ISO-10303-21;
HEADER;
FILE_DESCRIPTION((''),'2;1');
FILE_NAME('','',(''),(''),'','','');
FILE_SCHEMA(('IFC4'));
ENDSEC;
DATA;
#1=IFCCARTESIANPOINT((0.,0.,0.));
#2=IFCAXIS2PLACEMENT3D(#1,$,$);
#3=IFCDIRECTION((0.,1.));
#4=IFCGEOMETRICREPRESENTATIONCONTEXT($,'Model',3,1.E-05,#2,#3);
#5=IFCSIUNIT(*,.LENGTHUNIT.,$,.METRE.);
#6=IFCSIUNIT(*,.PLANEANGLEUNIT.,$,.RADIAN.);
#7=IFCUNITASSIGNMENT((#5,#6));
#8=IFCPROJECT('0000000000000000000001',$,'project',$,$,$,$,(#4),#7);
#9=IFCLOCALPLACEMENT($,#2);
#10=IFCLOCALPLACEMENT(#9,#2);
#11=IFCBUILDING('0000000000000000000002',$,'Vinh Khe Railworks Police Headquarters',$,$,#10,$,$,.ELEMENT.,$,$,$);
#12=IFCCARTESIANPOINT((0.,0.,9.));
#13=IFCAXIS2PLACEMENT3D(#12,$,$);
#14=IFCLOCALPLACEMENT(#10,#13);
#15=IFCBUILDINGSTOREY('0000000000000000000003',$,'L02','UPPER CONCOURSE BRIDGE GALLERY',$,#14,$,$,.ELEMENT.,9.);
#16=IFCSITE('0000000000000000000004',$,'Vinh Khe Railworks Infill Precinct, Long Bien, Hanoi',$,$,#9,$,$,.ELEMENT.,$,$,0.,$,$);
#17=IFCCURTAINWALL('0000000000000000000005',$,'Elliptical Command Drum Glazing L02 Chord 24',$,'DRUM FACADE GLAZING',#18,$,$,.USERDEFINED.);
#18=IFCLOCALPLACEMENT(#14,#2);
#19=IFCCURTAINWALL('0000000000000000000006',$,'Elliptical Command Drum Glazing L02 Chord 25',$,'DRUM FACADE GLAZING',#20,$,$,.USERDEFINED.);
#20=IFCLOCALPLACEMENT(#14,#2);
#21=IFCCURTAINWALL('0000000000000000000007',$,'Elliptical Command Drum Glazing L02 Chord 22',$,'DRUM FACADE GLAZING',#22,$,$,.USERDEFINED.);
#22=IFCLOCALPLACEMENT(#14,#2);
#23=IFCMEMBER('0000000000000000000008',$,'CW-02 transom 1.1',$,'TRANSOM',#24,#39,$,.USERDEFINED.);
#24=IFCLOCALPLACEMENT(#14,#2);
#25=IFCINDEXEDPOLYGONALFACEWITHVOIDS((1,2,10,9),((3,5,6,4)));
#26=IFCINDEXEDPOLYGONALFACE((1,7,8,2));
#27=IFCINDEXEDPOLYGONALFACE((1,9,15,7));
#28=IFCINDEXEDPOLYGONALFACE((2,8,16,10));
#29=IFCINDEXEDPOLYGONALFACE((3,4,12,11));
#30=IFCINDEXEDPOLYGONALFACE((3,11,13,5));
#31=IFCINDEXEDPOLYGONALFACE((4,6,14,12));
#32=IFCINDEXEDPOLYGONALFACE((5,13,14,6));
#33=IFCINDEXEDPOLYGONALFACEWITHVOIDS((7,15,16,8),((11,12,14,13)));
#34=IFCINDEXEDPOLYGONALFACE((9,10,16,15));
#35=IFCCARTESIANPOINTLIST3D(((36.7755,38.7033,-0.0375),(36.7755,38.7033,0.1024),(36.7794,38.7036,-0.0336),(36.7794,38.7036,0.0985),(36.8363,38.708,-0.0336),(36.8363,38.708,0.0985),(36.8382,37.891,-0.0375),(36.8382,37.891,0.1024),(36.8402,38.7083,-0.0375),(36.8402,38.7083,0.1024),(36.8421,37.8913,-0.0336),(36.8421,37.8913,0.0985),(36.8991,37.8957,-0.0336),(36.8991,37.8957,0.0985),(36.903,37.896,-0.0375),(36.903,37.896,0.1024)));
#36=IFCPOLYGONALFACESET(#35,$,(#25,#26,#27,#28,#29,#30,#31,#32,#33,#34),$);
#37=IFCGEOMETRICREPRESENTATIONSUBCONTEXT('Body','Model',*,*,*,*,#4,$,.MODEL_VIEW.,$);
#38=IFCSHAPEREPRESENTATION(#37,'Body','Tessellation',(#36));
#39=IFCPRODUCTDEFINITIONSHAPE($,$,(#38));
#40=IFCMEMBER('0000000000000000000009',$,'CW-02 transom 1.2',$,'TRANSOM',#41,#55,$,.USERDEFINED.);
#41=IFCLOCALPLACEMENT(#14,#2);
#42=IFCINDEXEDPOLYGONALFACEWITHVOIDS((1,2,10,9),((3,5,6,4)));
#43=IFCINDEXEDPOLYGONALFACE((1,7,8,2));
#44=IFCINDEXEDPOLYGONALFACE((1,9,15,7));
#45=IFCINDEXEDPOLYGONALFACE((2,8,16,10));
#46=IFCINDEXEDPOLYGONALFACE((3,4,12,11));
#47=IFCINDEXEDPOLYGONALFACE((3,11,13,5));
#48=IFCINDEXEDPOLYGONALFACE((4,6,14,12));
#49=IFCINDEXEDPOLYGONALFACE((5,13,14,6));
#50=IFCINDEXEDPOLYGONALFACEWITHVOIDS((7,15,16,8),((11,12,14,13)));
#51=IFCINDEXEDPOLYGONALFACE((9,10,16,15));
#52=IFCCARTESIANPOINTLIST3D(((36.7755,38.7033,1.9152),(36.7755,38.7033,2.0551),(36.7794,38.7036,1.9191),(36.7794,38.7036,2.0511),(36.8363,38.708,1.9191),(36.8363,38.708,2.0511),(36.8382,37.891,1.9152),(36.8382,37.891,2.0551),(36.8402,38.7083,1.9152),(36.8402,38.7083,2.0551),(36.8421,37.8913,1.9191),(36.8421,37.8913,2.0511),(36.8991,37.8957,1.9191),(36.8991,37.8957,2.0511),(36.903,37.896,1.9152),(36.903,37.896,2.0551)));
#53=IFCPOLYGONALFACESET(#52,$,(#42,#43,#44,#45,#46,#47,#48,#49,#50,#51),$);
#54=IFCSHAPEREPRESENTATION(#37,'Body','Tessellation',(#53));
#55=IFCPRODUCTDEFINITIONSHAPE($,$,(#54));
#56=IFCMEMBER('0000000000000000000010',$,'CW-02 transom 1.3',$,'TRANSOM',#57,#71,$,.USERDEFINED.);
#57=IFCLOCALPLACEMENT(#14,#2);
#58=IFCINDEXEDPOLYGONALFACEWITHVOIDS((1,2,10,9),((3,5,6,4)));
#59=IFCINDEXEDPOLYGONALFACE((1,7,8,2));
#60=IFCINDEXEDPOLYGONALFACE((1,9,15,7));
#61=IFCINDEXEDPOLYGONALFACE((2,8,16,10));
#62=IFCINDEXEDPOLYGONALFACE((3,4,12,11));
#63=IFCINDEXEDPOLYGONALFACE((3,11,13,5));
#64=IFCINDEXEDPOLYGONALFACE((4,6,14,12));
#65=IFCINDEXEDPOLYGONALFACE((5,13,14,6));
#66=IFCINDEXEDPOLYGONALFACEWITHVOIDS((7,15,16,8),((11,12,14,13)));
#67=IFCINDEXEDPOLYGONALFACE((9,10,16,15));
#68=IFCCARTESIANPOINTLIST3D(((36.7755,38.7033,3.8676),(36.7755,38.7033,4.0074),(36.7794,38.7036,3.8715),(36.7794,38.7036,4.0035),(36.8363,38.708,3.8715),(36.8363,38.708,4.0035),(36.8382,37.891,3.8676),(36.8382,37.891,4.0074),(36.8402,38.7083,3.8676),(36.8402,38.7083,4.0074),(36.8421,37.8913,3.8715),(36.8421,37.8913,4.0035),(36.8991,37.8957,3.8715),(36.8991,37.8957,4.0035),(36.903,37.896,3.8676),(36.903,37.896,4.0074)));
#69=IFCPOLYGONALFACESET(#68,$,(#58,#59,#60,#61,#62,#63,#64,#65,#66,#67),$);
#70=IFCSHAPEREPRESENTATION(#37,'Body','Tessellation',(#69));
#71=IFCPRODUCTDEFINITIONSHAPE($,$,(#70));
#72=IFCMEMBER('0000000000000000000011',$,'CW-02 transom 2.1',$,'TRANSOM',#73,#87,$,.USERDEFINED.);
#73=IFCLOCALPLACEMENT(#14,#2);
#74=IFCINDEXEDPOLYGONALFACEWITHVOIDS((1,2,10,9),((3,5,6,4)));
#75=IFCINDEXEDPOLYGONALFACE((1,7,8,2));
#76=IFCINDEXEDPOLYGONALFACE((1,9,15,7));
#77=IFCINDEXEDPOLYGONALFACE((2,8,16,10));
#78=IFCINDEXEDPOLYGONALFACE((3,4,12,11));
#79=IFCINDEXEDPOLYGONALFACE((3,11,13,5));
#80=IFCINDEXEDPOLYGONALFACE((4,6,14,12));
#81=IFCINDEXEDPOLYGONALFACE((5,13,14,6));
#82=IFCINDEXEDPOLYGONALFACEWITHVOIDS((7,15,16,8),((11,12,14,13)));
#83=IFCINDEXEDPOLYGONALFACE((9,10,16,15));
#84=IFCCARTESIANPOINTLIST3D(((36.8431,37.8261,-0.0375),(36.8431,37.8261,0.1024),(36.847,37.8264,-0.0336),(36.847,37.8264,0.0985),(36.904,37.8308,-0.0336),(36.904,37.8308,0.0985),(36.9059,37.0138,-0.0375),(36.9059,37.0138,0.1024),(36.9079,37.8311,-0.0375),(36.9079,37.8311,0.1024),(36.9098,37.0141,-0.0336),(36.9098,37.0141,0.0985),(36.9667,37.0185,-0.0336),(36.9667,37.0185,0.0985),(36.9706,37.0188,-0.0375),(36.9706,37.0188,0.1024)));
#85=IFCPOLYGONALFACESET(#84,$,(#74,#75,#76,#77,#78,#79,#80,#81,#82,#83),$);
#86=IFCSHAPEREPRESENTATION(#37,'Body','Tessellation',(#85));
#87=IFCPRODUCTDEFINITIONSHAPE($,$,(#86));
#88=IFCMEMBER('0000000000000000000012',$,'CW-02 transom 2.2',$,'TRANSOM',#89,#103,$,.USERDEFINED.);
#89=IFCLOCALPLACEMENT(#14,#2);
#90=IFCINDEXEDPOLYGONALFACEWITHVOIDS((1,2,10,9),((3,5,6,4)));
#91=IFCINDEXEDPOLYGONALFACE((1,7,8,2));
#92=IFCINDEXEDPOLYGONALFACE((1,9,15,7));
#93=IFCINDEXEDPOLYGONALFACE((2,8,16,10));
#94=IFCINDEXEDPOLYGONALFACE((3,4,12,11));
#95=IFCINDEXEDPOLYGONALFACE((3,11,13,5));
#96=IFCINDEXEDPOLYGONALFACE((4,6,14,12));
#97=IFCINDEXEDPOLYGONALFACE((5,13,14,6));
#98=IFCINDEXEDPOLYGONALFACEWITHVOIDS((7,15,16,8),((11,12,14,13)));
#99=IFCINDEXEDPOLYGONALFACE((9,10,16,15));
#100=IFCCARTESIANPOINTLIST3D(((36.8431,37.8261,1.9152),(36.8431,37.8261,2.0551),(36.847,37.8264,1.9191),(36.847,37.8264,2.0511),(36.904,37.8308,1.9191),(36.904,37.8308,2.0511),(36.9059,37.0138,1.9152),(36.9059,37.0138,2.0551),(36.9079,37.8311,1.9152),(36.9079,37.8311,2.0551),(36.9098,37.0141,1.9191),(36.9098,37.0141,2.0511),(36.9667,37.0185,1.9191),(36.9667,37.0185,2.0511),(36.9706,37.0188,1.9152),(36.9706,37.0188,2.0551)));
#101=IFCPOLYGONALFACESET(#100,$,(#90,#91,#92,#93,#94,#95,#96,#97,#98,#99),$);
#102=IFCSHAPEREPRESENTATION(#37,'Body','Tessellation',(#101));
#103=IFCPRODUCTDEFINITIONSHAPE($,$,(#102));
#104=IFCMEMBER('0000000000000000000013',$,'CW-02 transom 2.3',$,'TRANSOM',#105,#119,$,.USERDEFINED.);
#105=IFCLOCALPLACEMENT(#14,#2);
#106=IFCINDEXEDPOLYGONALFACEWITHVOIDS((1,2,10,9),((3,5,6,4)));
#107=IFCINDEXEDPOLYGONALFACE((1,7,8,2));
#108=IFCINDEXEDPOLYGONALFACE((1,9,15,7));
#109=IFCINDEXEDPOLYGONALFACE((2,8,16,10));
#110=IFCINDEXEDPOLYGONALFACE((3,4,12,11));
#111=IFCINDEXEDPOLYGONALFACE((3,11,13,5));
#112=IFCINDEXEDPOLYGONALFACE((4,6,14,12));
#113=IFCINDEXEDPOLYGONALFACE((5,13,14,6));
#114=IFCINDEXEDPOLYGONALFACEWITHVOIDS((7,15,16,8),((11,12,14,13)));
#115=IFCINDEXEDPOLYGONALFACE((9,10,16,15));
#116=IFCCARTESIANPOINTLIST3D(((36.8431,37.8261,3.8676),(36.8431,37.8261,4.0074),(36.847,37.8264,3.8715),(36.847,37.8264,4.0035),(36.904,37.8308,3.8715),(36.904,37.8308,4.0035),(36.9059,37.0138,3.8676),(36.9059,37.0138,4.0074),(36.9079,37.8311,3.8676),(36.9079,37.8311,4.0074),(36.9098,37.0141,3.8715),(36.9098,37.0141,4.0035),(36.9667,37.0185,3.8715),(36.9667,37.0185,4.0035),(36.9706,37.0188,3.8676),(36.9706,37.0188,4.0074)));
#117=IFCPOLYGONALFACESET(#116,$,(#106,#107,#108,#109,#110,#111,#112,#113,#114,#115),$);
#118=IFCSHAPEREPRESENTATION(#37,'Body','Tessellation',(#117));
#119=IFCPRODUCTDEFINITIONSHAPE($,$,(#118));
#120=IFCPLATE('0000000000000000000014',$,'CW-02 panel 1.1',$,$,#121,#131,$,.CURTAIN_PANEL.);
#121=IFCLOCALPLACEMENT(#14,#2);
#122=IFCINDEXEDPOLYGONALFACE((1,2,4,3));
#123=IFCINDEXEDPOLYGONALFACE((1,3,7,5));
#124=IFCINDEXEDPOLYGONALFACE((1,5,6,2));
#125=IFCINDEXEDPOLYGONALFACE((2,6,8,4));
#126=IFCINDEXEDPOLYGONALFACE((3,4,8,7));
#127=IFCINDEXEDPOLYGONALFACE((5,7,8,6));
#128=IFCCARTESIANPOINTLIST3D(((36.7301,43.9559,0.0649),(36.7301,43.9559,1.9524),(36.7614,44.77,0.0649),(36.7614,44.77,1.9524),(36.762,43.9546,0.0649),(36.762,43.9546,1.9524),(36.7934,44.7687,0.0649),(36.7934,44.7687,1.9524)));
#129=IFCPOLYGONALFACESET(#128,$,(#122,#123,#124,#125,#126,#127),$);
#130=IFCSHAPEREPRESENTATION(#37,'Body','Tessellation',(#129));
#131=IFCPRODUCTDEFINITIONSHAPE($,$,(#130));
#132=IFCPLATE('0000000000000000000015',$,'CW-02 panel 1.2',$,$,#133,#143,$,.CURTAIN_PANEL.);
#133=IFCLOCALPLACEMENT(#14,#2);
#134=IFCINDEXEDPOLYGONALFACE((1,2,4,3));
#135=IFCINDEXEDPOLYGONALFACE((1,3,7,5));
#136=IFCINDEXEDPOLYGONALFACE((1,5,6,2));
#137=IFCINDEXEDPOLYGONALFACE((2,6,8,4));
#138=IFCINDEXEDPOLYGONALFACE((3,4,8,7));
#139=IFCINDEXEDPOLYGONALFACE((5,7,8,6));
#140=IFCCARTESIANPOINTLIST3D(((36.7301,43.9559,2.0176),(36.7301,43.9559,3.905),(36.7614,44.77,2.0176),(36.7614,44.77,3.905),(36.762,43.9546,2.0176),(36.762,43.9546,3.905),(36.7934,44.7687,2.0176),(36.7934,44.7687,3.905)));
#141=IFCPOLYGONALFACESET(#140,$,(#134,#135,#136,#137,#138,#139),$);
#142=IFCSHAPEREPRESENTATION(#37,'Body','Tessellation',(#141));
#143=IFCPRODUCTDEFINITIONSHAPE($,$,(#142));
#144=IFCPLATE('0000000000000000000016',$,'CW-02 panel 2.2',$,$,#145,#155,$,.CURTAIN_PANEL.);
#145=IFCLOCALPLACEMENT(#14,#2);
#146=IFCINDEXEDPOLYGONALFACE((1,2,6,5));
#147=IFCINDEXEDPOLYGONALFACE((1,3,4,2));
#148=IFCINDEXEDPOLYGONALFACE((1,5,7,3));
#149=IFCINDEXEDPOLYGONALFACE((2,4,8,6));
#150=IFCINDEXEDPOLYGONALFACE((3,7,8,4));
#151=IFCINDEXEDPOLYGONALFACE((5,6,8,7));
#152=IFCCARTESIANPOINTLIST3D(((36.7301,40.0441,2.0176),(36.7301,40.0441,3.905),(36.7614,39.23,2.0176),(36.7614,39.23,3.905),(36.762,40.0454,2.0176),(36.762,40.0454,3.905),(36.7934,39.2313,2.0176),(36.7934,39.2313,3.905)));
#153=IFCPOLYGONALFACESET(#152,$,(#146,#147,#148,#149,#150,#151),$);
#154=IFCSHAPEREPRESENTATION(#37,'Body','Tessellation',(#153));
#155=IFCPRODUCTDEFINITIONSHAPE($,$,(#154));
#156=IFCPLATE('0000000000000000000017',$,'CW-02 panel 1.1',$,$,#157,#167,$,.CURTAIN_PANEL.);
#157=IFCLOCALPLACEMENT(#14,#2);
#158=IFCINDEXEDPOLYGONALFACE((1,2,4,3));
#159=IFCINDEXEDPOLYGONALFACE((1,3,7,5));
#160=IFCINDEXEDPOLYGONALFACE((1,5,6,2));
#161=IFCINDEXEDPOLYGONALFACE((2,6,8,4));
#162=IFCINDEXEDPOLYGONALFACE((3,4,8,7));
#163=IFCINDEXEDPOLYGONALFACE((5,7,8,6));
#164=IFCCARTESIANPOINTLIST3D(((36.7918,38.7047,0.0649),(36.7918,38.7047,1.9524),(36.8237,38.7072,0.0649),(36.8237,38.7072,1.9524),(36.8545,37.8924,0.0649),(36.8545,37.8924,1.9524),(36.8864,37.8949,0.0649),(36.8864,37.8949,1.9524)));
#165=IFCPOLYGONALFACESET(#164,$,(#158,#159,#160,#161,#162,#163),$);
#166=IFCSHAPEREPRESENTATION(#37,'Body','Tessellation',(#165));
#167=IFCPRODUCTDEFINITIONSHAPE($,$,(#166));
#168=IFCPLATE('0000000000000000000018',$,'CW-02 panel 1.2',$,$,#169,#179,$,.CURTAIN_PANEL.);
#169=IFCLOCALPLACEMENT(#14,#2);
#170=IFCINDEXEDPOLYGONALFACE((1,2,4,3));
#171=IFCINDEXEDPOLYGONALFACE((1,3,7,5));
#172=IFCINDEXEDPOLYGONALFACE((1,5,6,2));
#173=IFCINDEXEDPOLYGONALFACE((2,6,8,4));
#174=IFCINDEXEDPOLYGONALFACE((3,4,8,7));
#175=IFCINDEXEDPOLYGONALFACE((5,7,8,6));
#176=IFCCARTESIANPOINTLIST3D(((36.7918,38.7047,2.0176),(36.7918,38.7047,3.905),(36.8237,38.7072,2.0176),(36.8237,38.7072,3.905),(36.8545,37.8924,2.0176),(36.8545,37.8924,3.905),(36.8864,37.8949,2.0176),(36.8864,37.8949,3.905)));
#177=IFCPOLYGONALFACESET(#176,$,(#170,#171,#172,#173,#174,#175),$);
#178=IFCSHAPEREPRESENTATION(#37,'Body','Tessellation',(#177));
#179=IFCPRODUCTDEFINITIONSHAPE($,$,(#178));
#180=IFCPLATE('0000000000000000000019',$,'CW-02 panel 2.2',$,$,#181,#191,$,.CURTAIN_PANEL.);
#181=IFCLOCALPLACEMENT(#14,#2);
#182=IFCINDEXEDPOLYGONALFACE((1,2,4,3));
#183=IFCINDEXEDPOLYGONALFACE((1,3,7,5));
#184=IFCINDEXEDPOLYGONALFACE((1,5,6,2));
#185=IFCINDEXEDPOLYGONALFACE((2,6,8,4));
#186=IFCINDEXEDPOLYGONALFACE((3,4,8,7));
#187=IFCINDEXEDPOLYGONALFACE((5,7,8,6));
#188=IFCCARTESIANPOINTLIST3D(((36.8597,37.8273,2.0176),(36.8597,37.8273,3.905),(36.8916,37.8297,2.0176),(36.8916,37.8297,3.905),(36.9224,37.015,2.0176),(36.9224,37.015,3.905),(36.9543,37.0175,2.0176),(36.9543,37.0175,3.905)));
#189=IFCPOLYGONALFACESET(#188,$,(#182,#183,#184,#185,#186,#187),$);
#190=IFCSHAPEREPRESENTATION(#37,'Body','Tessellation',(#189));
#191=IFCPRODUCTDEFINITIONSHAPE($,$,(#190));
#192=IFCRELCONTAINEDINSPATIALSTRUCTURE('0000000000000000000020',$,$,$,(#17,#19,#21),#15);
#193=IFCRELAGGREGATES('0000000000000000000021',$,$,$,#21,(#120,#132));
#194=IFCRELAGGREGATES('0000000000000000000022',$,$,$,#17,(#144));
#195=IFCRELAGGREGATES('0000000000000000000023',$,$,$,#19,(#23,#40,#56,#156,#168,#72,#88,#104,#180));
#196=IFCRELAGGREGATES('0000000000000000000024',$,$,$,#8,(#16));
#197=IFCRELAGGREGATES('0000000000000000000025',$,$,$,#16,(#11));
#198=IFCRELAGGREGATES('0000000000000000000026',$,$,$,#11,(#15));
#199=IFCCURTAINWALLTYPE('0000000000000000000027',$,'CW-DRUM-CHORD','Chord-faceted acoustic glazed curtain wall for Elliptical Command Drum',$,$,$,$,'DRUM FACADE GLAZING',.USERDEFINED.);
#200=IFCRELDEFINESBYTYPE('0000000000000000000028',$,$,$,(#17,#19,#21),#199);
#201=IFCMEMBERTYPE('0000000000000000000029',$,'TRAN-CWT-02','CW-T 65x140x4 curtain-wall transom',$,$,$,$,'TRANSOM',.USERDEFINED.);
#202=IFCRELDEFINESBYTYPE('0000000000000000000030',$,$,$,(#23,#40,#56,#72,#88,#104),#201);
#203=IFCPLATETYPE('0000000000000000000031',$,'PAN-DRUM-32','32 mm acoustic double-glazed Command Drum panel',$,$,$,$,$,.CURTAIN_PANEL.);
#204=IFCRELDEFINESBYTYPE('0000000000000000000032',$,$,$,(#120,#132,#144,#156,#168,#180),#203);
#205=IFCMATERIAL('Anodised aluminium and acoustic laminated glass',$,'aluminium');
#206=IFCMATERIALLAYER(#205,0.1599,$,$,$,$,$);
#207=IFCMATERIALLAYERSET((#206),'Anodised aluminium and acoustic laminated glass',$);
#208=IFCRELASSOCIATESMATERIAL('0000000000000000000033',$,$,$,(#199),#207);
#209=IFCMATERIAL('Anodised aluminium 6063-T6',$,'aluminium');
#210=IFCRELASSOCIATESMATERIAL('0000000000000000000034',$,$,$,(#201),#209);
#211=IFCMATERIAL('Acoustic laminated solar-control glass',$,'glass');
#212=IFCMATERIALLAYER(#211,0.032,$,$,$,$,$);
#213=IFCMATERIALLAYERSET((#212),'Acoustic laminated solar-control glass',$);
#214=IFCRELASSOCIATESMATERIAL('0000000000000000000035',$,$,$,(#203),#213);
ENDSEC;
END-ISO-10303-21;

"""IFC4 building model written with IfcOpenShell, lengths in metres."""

from ifc_helpers import new_model, si_unit, direction, frame, origin, origin_2d, place, context, subcontext, project, spatial, rectangle, hollow_rectangle, extrude, material, layer, layer_set, material_profile, profile_set, type_object, element, aggregate, save


model = new_model("IFC4")

# Units and contexts
model_context = context("Model", 3, precision=1e-05, world=origin(), true_north=direction((0.0, 1.0)))
body_context = subcontext(model_context, "Body", "Model", "MODEL_VIEW")
ifc_project = project(units=[si_unit("LENGTHUNIT", "METRE"), si_unit("PLANEANGLEUNIT", "RADIAN")], contexts=[model_context])

# Site, building, storey
site_placement = place(None, origin())
site = spatial("IfcSite", under=ifc_project, at=site_placement, Name="Vinh Khe Railworks Infill Precinct, Long Bien, Hanoi", CompositionType="ELEMENT", RefElevation=0.0)
building_placement = place(site_placement, origin())
building = spatial("IfcBuilding", under=site, at=building_placement, Name="Vinh Khe Railworks Police Headquarters", CompositionType="ELEMENT")
storey_placement = place(building_placement, frame((0.0, 0.0, 9.0)))
storey = spatial("IfcBuildingStorey", under=building, at=storey_placement, Name="L02", Description="UPPER CONCOURSE BRIDGE GALLERY", CompositionType="ELEMENT", Elevation=9.0)

# Curtain wall
ifc_material_1 = material(Name="Anodised aluminium and acoustic laminated glass", Category="aluminium")
ifc_layer_1 = layer(ifc_material_1, 0.1599)
ifc_layer_set_1 = layer_set([ifc_layer_1], Name="Anodised aluminium and acoustic laminated glass")
curtain_wall_type = type_object("IfcCurtainWallType", Name="CW-DRUM-CHORD", Description="Chord-faceted acoustic glazed curtain wall for Elliptical Command Drum", ElementType="DRUM FACADE GLAZING", PredefinedType="USERDEFINED", material=ifc_layer_set_1)
curtain_wall_1_placement = place(storey_placement, origin())
curtain_wall_1 = element("IfcCurtainWall", 1, at=curtain_wall_1_placement, inside=storey, type_object=curtain_wall_type, Name="Elliptical Command Drum Glazing L02 Chord 24", ObjectType="DRUM FACADE GLAZING", PredefinedType="USERDEFINED")
ifc_material_2 = material(Name="Anodised aluminium 6063-T6", Category="aluminium")

# Curtain wall
curtain_wall_2_placement = place(storey_placement, origin())
curtain_wall_2 = element("IfcCurtainWall", 2, at=curtain_wall_2_placement, inside=storey, type_object=curtain_wall_type, Name="Elliptical Command Drum Glazing L02 Chord 25", ObjectType="DRUM FACADE GLAZING", PredefinedType="USERDEFINED")

# Curtain wall
curtain_wall_3_placement = place(storey_placement, origin())
curtain_wall_3 = element("IfcCurtainWall", 3, at=curtain_wall_3_placement, inside=storey, type_object=curtain_wall_type, Name="Elliptical Command Drum Glazing L02 Chord 22", ObjectType="DRUM FACADE GLAZING", PredefinedType="USERDEFINED")
ifc_material_profile_1 = material_profile(ifc_material_2, hollow_rectangle(XDim=0.0649, YDim=0.1399, WallThickness=0.0039, at=origin_2d()), Name="CW-T 65x140x4")
ifc_profile_set_1 = profile_set([ifc_material_profile_1], Name="Anodised aluminium 6063-T6")
member_type_1 = type_object("IfcMemberType", Name="TRAN-CWT-02", Description="CW-T 65x140x4 curtain-wall transom", ElementType="TRANSOM", PredefinedType="USERDEFINED", material=ifc_profile_set_1)

# Members
member_1_placement = place(storey_placement, frame((36.8079, 38.7058, 0.0325), z_axis=(0.077017, -0.99703, 0.0), x_axis=(0.99703, 0.077017, 0.0)))
member_1 = element("IfcMember", 4, at=member_1_placement, type_object=member_type_1, Name="CW-02 transom 1.1", ObjectType="TRANSOM", PredefinedType="USERDEFINED", context=body_context, shape_type="SweptSolid", body=[
    extrude(hollow_rectangle(XDim=0.0649, YDim=0.1399, WallThickness=0.0039, at=origin_2d()), origin(), (0.0, 0.0, 1.0), 0.8147),
])
member_2_placement = place(storey_placement, frame((36.8079, 38.7058, 1.9851), z_axis=(0.077017, -0.99703, 0.0), x_axis=(0.99703, 0.077017, 0.0)))
member_2 = element("IfcMember", 5, at=member_2_placement, type_object=member_type_1, Name="CW-02 transom 1.2", ObjectType="TRANSOM", PredefinedType="USERDEFINED", context=body_context, shape_type="SweptSolid", body=[
    extrude(hollow_rectangle(XDim=0.0649, YDim=0.1399, WallThickness=0.0039, at=origin_2d()), origin(), (0.0, 0.0, 1.0), 0.8147),
])
member_3_placement = place(storey_placement, frame((36.8079, 38.7058, 3.9375), z_axis=(0.077017, -0.99703, 0.0), x_axis=(0.99703, 0.077017, 0.0)))
member_3 = element("IfcMember", 6, at=member_3_placement, type_object=member_type_1, Name="CW-02 transom 1.3", ObjectType="TRANSOM", PredefinedType="USERDEFINED", context=body_context, shape_type="SweptSolid", body=[
    extrude(hollow_rectangle(XDim=0.0649, YDim=0.1399, WallThickness=0.0039, at=origin_2d()), origin(), (0.0, 0.0, 1.0), 0.8147),
])
member_4_placement = place(storey_placement, frame((36.8755, 37.8286, 0.0325), z_axis=(0.077017, -0.99703, 0.0), x_axis=(0.99703, 0.077017, 0.0)))
member_4 = element("IfcMember", 7, at=member_4_placement, type_object=member_type_1, Name="CW-02 transom 2.1", ObjectType="TRANSOM", PredefinedType="USERDEFINED", context=body_context, shape_type="SweptSolid", body=[
    extrude(hollow_rectangle(XDim=0.0649, YDim=0.1399, WallThickness=0.0039, at=origin_2d()), origin(), (0.0, 0.0, 1.0), 0.8147),
])
member_5_placement = place(storey_placement, frame((36.8755, 37.8286, 1.9851), z_axis=(0.077017, -0.99703, 0.0), x_axis=(0.99703, 0.077017, 0.0)))
member_5 = element("IfcMember", 8, at=member_5_placement, type_object=member_type_1, Name="CW-02 transom 2.2", ObjectType="TRANSOM", PredefinedType="USERDEFINED", context=body_context, shape_type="SweptSolid", body=[
    extrude(hollow_rectangle(XDim=0.0649, YDim=0.1399, WallThickness=0.0039, at=origin_2d()), origin(), (0.0, 0.0, 1.0), 0.8147),
])
member_6_placement = place(storey_placement, frame((36.8755, 37.8286, 3.9375), z_axis=(0.077017, -0.99703, 0.0), x_axis=(0.99703, 0.077017, 0.0)))
member_6 = element("IfcMember", 9, at=member_6_placement, type_object=member_type_1, Name="CW-02 transom 2.3", ObjectType="TRANSOM", PredefinedType="USERDEFINED", context=body_context, shape_type="SweptSolid", body=[
    extrude(hollow_rectangle(XDim=0.0649, YDim=0.1399, WallThickness=0.0039, at=origin_2d()), origin(), (0.0, 0.0, 1.0), 0.8147),
])

# Plates
ifc_material_3 = material(Name="Acoustic laminated solar-control glass", Category="glass")
ifc_layer_2 = layer(ifc_material_3, 0.032)
ifc_layer_set_2 = layer_set([ifc_layer_2], Name="Acoustic laminated solar-control glass")
plate_type_1 = type_object("IfcPlateType", Name="PAN-DRUM-32", Description="32 mm acoustic double-glazed Command Drum panel", PredefinedType="CURTAIN_PANEL", material=ifc_layer_set_2)
plate_1_placement = place(storey_placement, frame((36.7617, 44.3623, 0.0649), z_axis=(0.0, 0.0, 1.0), x_axis=(-0.038513, -0.999258, 0.0)))
plate_1 = element("IfcPlate", 10, at=plate_1_placement, type_object=plate_type_1, Name="CW-02 panel 1.1", PredefinedType="CURTAIN_PANEL", context=body_context, shape_type="SweptSolid", body=[
    extrude(rectangle(XDim=0.8147, YDim=0.032, at=origin_2d()), origin(), (0.0, 0.0, 1.0), 1.8875),
])
plate_2_placement = place(storey_placement, frame((36.7617, 44.3623, 2.0176), z_axis=(0.0, 0.0, 1.0), x_axis=(-0.038513, -0.999258, 0.0)))
plate_2 = element("IfcPlate", 11, at=plate_2_placement, type_object=plate_type_1, Name="CW-02 panel 1.2", PredefinedType="CURTAIN_PANEL", context=body_context, shape_type="SweptSolid", body=[
    extrude(rectangle(XDim=0.8147, YDim=0.032, at=origin_2d()), origin(), (0.0, 0.0, 1.0), 1.8875),
])
aggregate(curtain_wall_3, [plate_1, plate_2])
plate_3_placement = place(storey_placement, frame((36.7617, 39.6377, 2.0176), z_axis=(0.0, 0.0, 1.0), x_axis=(0.038513, -0.999258, 0.0)))
plate_3 = element("IfcPlate", 12, at=plate_3_placement, type_object=plate_type_1, Name="CW-02 panel 2.2", PredefinedType="CURTAIN_PANEL", context=body_context, shape_type="SweptSolid", body=[
    extrude(rectangle(XDim=0.8147, YDim=0.032, at=origin_2d()), origin(), (0.0, 0.0, 1.0), 1.8875),
])
aggregate(curtain_wall_1, [plate_3])
plate_4_placement = place(storey_placement, frame((36.8391, 38.2998, 0.0649), z_axis=(0.0, 0.0, 1.0), x_axis=(0.076969, -0.997033, 0.0)))
plate_4 = element("IfcPlate", 13, at=plate_4_placement, type_object=plate_type_1, Name="CW-02 panel 1.1", PredefinedType="CURTAIN_PANEL", context=body_context, shape_type="SweptSolid", body=[
    extrude(rectangle(XDim=0.8147, YDim=0.032, at=origin_2d()), origin(), (0.0, 0.0, 1.0), 1.8875),
])
plate_5_placement = place(storey_placement, frame((36.8391, 38.2998, 2.0176), z_axis=(0.0, 0.0, 1.0), x_axis=(0.076969, -0.997033, 0.0)))
plate_5 = element("IfcPlate", 14, at=plate_5_placement, type_object=plate_type_1, Name="CW-02 panel 1.2", PredefinedType="CURTAIN_PANEL", context=body_context, shape_type="SweptSolid", body=[
    extrude(rectangle(XDim=0.8147, YDim=0.032, at=origin_2d()), origin(), (0.0, 0.0, 1.0), 1.8875),
])
plate_6_placement = place(storey_placement, frame((36.907, 37.4224, 2.0176), z_axis=(0.0, 0.0, 1.0), x_axis=(0.076969, -0.997033, 0.0)))
plate_6 = element("IfcPlate", 15, at=plate_6_placement, type_object=plate_type_1, Name="CW-02 panel 2.2", PredefinedType="CURTAIN_PANEL", context=body_context, shape_type="SweptSolid", body=[
    extrude(rectangle(XDim=0.8147, YDim=0.032, at=origin_2d()), origin(), (0.0, 0.0, 1.0), 1.8875),
])
aggregate(curtain_wall_2, [member_1, member_2, member_3, plate_4, plate_5, member_4, member_5, member_6, plate_6])

save(model, "model.ifc")
